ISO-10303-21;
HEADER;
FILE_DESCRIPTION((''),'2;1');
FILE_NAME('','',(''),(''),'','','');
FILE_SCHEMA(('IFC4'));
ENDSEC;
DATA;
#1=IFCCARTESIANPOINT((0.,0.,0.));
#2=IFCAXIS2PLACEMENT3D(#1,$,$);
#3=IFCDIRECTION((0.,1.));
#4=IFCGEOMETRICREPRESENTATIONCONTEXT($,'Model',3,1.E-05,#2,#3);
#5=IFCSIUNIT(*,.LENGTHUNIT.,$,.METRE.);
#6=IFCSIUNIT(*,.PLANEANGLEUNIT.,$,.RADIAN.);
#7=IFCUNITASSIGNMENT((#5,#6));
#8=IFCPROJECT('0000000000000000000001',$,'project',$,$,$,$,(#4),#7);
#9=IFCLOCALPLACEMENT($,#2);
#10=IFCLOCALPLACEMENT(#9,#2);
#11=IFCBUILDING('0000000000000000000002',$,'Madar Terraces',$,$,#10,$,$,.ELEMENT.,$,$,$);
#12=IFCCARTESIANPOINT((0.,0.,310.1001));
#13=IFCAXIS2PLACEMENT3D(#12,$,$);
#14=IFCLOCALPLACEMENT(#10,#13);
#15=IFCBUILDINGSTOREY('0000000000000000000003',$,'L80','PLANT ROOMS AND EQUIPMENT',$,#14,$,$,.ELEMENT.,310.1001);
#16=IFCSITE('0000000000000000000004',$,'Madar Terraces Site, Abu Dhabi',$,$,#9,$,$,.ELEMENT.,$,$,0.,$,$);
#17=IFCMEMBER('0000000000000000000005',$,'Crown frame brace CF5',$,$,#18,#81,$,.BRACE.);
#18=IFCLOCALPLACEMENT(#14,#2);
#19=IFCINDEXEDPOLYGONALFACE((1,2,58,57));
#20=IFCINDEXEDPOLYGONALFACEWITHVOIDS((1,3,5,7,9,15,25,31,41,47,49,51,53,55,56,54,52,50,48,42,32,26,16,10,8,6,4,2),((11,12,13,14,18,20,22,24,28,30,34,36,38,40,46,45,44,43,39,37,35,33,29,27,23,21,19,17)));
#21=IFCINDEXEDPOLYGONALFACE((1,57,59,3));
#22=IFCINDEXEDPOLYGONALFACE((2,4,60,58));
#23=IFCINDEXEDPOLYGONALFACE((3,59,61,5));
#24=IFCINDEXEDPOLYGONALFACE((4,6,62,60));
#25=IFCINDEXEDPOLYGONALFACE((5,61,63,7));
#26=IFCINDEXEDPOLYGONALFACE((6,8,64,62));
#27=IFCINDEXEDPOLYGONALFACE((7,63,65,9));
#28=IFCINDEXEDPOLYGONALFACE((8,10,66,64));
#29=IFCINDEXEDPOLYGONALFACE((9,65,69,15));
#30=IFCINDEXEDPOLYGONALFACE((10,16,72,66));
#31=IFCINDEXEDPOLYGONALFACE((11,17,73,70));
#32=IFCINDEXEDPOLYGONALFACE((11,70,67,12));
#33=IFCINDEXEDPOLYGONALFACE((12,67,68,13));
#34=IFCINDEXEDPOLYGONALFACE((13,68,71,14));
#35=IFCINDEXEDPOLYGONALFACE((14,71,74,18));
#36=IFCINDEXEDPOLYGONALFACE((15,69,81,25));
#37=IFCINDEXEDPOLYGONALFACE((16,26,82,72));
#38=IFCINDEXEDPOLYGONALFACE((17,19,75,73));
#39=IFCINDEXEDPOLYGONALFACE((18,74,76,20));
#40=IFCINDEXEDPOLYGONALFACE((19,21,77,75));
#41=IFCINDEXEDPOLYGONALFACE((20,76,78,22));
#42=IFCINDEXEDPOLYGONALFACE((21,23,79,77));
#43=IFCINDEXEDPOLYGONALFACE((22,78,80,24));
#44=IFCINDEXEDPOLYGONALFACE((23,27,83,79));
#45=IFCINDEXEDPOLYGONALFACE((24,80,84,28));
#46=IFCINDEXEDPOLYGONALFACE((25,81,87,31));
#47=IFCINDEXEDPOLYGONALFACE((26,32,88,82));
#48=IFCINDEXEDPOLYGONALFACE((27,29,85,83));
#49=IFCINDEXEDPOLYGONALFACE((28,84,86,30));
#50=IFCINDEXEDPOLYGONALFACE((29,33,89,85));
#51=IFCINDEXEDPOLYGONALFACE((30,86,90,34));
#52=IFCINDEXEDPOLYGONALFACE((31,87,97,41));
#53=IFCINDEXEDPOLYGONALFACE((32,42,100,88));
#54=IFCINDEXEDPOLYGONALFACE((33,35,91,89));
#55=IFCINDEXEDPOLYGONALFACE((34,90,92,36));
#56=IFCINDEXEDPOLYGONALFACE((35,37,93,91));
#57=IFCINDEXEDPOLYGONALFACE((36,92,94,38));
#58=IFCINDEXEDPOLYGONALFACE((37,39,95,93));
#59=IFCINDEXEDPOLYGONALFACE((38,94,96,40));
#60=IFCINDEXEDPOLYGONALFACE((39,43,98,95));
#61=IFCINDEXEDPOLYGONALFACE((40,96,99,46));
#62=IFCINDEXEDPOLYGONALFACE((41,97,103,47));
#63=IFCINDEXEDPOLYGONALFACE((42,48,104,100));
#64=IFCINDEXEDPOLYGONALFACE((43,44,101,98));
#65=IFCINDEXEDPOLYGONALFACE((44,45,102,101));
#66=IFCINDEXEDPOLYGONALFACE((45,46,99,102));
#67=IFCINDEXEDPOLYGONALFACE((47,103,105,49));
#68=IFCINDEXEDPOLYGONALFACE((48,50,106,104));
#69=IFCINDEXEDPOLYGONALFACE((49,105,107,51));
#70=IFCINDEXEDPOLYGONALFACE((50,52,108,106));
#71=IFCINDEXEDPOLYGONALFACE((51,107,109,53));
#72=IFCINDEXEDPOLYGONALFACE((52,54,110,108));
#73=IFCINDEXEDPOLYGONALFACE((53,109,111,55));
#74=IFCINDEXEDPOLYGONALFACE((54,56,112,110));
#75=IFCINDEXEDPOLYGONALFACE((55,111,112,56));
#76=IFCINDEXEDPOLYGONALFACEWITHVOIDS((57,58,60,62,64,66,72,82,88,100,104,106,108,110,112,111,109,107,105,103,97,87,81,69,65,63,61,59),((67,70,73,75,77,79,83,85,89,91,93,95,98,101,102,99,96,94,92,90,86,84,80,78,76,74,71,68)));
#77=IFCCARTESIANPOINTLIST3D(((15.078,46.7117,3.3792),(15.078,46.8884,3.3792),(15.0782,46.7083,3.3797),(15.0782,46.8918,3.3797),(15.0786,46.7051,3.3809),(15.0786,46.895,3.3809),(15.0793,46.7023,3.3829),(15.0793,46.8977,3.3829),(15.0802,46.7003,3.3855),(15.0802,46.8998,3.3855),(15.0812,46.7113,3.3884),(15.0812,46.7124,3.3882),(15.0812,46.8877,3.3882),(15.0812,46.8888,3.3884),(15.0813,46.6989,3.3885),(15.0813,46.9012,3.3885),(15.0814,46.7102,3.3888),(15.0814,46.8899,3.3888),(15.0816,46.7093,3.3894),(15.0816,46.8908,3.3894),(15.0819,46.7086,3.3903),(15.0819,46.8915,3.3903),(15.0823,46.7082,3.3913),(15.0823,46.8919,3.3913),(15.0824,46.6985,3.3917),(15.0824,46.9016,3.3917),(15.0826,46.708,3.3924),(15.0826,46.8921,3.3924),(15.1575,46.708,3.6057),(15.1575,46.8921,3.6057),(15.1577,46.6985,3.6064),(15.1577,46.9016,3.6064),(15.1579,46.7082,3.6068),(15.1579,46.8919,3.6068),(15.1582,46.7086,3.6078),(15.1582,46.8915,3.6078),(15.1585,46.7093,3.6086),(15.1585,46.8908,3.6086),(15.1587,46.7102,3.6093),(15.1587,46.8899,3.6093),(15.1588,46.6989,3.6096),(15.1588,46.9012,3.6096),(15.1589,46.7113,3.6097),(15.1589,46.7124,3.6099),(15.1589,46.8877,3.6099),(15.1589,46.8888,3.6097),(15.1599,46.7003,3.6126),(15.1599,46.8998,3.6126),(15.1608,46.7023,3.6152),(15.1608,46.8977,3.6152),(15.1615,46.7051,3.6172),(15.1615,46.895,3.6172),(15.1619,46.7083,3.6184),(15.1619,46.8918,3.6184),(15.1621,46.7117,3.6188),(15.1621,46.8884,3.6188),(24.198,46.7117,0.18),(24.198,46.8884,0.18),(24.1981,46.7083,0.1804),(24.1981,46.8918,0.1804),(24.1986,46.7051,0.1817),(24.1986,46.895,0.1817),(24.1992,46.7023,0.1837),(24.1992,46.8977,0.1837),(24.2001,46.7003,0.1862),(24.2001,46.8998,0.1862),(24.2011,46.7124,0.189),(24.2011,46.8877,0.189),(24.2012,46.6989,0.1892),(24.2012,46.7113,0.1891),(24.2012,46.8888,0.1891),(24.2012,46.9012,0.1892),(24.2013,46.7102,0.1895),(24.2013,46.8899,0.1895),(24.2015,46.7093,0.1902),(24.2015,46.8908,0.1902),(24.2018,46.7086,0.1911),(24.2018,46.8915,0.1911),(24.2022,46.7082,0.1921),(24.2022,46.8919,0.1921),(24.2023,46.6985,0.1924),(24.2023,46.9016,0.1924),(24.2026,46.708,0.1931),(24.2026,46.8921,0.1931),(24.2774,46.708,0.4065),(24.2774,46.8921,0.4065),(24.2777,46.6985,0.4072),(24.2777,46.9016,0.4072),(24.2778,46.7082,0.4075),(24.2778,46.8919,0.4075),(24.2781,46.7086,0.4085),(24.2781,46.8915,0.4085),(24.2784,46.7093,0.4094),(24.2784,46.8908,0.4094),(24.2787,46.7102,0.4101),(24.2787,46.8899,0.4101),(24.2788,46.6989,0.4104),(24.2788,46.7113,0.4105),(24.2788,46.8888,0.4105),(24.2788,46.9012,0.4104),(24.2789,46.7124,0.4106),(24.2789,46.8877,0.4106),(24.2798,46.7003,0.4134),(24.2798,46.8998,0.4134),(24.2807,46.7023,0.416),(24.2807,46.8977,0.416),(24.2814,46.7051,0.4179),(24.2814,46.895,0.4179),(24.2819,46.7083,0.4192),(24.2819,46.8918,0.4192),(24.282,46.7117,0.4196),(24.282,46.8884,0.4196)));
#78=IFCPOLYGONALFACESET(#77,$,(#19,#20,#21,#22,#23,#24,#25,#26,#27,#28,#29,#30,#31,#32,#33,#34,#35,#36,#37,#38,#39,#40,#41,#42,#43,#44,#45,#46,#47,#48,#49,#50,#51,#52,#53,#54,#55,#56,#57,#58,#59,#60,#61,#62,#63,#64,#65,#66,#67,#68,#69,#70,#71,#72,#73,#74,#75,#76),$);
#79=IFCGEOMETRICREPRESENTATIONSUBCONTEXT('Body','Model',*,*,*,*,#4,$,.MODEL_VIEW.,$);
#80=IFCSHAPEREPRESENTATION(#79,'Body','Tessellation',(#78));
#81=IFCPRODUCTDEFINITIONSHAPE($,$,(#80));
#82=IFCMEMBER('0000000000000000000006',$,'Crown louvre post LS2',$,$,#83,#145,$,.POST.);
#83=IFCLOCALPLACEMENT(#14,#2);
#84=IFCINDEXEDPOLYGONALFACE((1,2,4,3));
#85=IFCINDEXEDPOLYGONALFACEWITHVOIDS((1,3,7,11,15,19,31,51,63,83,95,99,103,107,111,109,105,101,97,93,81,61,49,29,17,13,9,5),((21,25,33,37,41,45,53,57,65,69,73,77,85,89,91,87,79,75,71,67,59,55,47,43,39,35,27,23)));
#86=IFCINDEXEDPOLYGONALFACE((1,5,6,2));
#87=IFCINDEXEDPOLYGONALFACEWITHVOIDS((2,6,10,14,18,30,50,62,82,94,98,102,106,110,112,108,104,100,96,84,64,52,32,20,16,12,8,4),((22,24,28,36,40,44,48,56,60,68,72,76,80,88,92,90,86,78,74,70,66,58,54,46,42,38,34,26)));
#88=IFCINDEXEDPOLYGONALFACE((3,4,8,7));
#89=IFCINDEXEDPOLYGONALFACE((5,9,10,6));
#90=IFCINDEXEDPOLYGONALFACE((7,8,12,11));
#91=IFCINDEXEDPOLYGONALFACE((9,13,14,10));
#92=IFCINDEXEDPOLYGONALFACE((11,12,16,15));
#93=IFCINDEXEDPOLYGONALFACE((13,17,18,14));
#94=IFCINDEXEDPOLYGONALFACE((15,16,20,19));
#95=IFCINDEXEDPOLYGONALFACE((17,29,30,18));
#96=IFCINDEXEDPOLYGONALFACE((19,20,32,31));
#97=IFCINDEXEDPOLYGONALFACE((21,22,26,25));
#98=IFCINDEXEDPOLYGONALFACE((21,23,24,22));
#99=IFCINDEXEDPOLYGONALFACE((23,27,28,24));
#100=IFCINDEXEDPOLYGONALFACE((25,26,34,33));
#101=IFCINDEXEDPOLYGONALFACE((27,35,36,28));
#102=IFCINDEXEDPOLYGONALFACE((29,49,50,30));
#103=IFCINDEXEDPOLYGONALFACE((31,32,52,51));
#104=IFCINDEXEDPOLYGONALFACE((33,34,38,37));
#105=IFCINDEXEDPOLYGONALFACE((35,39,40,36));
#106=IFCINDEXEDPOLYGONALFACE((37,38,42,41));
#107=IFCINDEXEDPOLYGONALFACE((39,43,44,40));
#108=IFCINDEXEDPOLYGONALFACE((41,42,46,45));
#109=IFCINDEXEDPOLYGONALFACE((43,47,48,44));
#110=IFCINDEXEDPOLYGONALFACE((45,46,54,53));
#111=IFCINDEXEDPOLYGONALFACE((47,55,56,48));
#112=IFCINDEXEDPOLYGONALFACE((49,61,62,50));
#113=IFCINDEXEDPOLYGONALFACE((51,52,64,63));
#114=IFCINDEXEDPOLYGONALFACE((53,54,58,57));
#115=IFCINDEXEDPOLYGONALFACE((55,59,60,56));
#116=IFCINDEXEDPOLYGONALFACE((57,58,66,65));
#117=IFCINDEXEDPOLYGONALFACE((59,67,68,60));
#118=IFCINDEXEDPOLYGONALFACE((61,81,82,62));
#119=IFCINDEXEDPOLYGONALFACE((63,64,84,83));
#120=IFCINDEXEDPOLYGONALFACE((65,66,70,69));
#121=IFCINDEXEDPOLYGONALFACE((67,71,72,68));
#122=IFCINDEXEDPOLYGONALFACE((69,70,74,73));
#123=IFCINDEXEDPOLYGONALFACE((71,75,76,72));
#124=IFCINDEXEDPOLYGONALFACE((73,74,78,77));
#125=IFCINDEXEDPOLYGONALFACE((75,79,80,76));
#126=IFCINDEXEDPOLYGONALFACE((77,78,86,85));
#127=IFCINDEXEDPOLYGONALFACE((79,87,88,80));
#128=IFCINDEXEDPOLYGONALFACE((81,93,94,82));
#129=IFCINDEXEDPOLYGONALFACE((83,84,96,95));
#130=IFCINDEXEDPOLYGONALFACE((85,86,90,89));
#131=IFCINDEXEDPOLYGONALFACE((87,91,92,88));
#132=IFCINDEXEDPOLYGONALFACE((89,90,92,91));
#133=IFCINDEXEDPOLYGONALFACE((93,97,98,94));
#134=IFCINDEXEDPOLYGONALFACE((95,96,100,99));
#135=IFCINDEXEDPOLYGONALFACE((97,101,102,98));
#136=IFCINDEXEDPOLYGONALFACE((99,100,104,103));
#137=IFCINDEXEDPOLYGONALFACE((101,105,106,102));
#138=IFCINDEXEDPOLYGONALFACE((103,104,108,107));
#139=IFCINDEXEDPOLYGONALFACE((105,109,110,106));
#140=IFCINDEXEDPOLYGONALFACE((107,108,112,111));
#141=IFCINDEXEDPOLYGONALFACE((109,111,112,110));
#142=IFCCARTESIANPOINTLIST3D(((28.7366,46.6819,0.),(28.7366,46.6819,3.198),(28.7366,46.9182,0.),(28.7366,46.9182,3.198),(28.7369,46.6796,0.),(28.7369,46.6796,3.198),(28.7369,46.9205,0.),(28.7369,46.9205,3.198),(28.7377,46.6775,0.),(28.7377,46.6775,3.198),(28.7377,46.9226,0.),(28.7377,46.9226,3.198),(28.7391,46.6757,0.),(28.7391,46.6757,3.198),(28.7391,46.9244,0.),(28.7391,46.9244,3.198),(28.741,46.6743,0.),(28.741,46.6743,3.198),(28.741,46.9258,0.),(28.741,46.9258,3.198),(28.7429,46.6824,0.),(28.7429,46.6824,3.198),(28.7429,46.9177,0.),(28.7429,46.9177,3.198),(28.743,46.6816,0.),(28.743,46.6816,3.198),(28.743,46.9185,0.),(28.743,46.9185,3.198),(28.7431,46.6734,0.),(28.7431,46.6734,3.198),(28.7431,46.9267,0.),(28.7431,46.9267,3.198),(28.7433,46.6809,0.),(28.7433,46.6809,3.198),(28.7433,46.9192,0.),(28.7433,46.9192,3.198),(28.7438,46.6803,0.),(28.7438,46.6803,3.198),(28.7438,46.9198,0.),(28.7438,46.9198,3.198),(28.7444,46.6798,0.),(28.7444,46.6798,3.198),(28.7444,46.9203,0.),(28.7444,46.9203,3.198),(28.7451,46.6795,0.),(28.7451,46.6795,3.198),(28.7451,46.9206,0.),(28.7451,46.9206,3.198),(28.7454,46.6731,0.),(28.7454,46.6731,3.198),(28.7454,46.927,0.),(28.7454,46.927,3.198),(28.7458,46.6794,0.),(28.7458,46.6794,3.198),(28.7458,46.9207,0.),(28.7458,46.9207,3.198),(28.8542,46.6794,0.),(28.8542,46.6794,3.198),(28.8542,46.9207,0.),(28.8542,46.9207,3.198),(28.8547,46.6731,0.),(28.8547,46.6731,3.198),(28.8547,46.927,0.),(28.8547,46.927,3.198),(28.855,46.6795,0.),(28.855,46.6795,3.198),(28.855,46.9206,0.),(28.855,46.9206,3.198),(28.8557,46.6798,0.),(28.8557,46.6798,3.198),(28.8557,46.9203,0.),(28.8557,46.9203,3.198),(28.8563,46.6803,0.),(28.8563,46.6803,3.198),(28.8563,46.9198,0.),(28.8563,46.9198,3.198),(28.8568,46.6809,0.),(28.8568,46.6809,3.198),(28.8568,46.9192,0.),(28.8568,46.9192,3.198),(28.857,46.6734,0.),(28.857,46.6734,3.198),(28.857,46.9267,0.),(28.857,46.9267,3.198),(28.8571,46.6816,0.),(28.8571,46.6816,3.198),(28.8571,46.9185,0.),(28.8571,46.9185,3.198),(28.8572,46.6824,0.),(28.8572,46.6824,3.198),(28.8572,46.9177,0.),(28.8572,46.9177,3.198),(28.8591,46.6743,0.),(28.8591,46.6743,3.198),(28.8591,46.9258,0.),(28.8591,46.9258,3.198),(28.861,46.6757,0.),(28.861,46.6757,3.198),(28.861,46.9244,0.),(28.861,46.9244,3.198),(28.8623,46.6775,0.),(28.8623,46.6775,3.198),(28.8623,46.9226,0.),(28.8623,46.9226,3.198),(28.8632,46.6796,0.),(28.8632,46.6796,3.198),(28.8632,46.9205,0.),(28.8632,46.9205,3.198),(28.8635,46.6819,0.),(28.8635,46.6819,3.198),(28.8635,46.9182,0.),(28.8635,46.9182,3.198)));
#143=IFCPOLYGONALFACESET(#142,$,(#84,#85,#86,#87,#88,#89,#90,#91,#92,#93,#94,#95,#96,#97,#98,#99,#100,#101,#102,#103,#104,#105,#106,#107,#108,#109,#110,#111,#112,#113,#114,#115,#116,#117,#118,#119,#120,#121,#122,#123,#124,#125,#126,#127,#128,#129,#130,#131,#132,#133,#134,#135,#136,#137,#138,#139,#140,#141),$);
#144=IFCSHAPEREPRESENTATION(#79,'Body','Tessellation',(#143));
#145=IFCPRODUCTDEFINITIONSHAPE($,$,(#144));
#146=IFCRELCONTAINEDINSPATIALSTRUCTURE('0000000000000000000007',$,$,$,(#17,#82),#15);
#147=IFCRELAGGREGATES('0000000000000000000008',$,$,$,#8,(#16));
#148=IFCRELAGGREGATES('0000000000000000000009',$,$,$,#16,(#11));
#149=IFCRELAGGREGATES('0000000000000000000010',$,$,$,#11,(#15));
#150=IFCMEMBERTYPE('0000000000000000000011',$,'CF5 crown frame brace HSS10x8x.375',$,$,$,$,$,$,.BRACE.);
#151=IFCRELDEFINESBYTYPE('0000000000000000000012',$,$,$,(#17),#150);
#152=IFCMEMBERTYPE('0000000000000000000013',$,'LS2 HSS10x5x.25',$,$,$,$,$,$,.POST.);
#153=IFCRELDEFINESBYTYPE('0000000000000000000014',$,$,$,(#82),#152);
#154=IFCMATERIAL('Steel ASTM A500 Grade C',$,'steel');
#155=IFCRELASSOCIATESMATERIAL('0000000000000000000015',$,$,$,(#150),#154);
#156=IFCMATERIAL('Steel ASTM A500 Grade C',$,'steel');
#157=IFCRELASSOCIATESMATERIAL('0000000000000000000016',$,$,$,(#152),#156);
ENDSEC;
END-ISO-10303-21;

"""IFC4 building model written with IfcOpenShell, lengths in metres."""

from ifc_helpers import new_model, si_unit, direction, frame, origin, origin_2d, place, context, subcontext, project, spatial, hollow_rectangle, extrude, material, material_profile, profile_set, type_object, element, save


model = new_model("IFC4")

# Units and contexts
model_context = context("Model", 3, precision=1e-05, world=origin(), true_north=direction((0.0, 1.0)))
body_context = subcontext(model_context, "Body", "Model", "MODEL_VIEW")
ifc_project = project(units=[si_unit("LENGTHUNIT", "METRE"), si_unit("PLANEANGLEUNIT", "RADIAN")], contexts=[model_context])

# Site, building, storey
site_placement = place(None, origin())
site = spatial("IfcSite", under=ifc_project, at=site_placement, Name="Madar Terraces Site, Abu Dhabi", CompositionType="ELEMENT", RefElevation=0.0)
building_placement = place(site_placement, origin())
building = spatial("IfcBuilding", under=site, at=building_placement, Name="Madar Terraces", CompositionType="ELEMENT")
storey_placement = place(building_placement, frame((0.0, 0.0, 310.1001)))
storey = spatial("IfcBuildingStorey", under=building, at=storey_placement, Name="L80", Description="PLANT ROOMS AND EQUIPMENT", CompositionType="ELEMENT", Elevation=310.1001)

# Members
ifc_material_1 = material(Name="Steel ASTM A500 Grade C", Category="steel")
ifc_material_profile_1 = material_profile(ifc_material_1, hollow_rectangle(XDim=0.2031, YDim=0.2539, WallThickness=0.0095, InnerFilletRadius=0.0044, OuterFilletRadius=0.0132, at=origin_2d()), Name="HSS10x8x.375")
ifc_profile_set_1 = profile_set([ifc_material_profile_1], Name="Steel ASTM A500 Grade C")
member_type_1 = type_object("IfcMemberType", Name="CF5 crown frame brace HSS10x8x.375", PredefinedType="BRACE", material=ifc_profile_set_1)
member_1_placement = place(storey_placement, frame((24.24, 46.8, 0.2998), z_axis=(-0.943624, 0.0, 0.33102), x_axis=(0.0, -1.0, 0.0)))
element("IfcMember", 1, at=member_1_placement, inside=storey, type_object=member_type_1, Name="Crown frame brace CF5", PredefinedType="BRACE", context=body_context, shape_type="SweptSolid", body=[
    extrude(hollow_rectangle(XDim=0.2031, YDim=0.2539, WallThickness=0.0095, InnerFilletRadius=0.0044, OuterFilletRadius=0.0132, at=origin_2d()), origin(), (0.0, 0.0, 1.0), 9.6648),
])
ifc_material_2 = material(Name="Steel ASTM A500 Grade C", Category="steel")
ifc_material_profile_2 = material_profile(ifc_material_2, hollow_rectangle(XDim=0.127, YDim=0.2539, WallThickness=0.0063, InnerFilletRadius=0.0029, OuterFilletRadius=0.0088, at=origin_2d()), Name="HSS10x5x.25")
ifc_profile_set_2 = profile_set([ifc_material_profile_2], Name="Steel ASTM A500 Grade C")
member_type_2 = type_object("IfcMemberType", Name="LS2 HSS10x5x.25", PredefinedType="POST", material=ifc_profile_set_2)
member_2_placement = place(storey_placement, frame((28.8, 46.8, 0.0), z_axis=(0.0, 0.0, 1.0), x_axis=(-1.0, 0.0, 0.0)))
element("IfcMember", 2, at=member_2_placement, inside=storey, type_object=member_type_2, Name="Crown louvre post LS2", PredefinedType="POST", context=body_context, shape_type="SweptSolid", body=[
    extrude(hollow_rectangle(XDim=0.127, YDim=0.2539, WallThickness=0.0063, InnerFilletRadius=0.0029, OuterFilletRadius=0.0088, at=origin_2d()), origin(), (0.0, 0.0, 1.0), 3.198),
])

save(model, "model.ifc")
